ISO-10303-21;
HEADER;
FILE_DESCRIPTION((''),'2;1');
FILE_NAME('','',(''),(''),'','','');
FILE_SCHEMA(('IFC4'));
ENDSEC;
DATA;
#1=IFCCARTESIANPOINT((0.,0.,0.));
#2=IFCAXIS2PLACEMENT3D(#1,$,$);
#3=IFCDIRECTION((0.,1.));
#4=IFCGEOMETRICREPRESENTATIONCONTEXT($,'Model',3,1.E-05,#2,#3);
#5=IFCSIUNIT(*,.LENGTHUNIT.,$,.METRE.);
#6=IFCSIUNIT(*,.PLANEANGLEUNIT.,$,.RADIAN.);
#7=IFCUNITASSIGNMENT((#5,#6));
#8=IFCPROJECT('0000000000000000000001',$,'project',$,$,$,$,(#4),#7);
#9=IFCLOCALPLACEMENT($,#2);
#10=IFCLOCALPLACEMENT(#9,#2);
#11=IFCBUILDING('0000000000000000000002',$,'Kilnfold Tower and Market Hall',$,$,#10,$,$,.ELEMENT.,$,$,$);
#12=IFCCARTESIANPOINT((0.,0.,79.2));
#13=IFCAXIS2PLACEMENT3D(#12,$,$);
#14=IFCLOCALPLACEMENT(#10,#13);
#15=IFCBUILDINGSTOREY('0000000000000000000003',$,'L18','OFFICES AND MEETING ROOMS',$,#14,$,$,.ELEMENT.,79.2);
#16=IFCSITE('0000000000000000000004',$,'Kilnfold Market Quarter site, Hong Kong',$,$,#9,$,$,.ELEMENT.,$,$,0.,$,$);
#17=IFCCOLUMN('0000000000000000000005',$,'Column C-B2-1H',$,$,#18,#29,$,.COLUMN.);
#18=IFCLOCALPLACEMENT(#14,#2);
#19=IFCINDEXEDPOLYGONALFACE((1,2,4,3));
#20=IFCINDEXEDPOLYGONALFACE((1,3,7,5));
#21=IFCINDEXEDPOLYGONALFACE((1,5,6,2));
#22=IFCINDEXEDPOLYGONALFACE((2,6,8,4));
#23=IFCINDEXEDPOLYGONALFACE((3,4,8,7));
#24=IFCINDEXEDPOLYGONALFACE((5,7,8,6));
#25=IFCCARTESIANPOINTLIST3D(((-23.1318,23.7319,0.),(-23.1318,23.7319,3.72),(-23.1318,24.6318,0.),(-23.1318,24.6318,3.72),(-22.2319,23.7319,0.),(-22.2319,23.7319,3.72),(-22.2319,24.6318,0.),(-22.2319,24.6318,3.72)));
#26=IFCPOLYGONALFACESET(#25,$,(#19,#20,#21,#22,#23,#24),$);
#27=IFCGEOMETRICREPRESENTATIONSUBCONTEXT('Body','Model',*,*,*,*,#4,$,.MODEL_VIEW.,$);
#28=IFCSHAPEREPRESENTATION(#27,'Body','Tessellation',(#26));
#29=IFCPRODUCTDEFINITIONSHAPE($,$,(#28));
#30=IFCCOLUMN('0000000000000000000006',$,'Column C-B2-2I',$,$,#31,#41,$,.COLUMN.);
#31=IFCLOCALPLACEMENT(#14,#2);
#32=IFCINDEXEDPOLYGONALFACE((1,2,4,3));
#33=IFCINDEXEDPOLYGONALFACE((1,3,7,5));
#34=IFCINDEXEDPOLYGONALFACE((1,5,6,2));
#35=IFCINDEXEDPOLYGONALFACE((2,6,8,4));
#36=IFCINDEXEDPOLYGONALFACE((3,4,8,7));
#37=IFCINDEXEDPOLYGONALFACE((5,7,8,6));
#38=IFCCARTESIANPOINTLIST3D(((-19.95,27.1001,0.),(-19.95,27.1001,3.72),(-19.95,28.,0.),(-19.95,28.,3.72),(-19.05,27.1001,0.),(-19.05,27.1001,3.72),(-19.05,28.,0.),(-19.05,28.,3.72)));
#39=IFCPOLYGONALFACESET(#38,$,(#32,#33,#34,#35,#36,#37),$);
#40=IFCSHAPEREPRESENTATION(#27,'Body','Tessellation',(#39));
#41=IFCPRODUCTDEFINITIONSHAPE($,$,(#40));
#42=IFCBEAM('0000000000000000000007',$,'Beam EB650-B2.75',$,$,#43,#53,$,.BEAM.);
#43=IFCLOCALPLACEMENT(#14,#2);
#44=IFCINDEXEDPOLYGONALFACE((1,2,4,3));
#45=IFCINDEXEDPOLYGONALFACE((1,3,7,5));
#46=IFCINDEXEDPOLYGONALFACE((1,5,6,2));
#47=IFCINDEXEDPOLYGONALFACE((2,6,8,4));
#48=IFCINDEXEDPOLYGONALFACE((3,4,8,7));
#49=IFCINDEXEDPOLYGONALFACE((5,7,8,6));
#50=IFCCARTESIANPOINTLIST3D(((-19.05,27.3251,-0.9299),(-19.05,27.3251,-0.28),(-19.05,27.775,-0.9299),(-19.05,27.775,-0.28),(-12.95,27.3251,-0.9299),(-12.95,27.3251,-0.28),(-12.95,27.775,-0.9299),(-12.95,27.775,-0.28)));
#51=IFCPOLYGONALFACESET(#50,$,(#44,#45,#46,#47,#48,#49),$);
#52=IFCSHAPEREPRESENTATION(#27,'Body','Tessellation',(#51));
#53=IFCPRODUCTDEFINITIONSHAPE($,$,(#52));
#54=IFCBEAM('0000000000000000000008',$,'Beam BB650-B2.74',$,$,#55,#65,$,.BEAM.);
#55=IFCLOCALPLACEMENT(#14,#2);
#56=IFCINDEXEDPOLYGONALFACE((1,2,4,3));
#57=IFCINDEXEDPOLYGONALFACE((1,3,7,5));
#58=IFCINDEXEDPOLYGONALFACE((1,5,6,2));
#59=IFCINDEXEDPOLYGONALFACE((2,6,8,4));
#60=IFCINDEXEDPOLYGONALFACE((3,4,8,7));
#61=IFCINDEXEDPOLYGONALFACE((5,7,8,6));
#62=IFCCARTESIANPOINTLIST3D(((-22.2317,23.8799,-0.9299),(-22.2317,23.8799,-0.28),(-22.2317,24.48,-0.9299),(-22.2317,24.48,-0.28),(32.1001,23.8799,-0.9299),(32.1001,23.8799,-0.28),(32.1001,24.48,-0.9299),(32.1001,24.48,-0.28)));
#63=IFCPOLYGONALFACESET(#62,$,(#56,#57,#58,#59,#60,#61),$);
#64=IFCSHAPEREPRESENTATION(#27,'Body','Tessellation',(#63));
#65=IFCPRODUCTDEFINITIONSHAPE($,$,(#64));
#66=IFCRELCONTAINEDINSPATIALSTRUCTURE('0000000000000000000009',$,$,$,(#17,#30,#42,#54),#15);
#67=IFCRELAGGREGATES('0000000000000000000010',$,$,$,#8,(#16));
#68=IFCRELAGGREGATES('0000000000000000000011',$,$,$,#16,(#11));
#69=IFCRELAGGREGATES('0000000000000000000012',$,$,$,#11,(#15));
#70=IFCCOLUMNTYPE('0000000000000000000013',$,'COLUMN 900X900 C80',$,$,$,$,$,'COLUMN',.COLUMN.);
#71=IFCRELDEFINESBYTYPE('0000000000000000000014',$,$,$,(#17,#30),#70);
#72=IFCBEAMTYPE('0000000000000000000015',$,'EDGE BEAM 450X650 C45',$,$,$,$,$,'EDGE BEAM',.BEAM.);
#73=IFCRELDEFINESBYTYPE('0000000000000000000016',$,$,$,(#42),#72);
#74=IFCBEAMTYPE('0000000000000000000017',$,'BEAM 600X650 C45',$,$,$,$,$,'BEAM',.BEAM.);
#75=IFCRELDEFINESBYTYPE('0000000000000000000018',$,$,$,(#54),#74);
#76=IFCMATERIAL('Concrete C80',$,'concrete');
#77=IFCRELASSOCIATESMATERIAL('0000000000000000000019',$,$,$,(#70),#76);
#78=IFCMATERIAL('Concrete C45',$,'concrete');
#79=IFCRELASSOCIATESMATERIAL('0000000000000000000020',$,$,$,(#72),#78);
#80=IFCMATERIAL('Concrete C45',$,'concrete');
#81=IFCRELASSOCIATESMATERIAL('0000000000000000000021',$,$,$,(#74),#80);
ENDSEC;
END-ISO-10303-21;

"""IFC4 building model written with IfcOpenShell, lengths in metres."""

from ifc_helpers import new_model, si_unit, direction, frame, origin, origin_2d, place, context, subcontext, project, spatial, rectangle, extrude, source, transform, mapped, material, material_profile, profile_set, type_object, element, save


model = new_model("IFC4")

# Units and contexts
model_context = context("Model", 3, precision=1e-05, world=origin(), true_north=direction((0.0, 1.0)))
body_context = subcontext(model_context, "Body", "Model", "MODEL_VIEW")
ifc_project = project(units=[si_unit("LENGTHUNIT", "METRE"), si_unit("PLANEANGLEUNIT", "RADIAN")], contexts=[model_context])

# Site, building, storey
site_placement = place(None, origin())
site = spatial("IfcSite", under=ifc_project, at=site_placement, Name="Kilnfold Market Quarter site, Hong Kong", CompositionType="ELEMENT", RefElevation=0.0)
building_placement = place(site_placement, origin())
building = spatial("IfcBuilding", under=site, at=building_placement, Name="Kilnfold Tower and Market Hall", CompositionType="ELEMENT")
storey_placement = place(building_placement, frame((0.0, 0.0, 79.2)))
storey = spatial("IfcBuildingStorey", under=building, at=storey_placement, Name="L18", Description="OFFICES AND MEETING ROOMS", CompositionType="ELEMENT", Elevation=79.2)

# Columns
ifc_material_1 = material(Name="Concrete C80", Category="concrete")
ifc_material_profile_1 = material_profile(ifc_material_1, rectangle(XDim=0.8999, YDim=0.8999, at=origin_2d()), Name="RC 900x900")
ifc_profile_set_1 = profile_set([ifc_material_profile_1], Name="Concrete C80")
column_type = type_object("IfcColumnType", Name="COLUMN 900X900 C80", ElementType="COLUMN", PredefinedType="COLUMN", material=ifc_profile_set_1)
shared_shape_1 = source(origin(), body_context, "Body", "SweptSolid", [
    extrude(rectangle(XDim=0.8999, YDim=0.8999, at=origin_2d()), origin(), (0.0, 0.0, 1.0), 3.72),
])
for number, where, z_axis, x_axis, name in (
    (1, (-22.6819, 24.1819, 0.0), (0.0, 0.0, 1.0), (1.0, 0.0, 0.0), "Column C-B2-1H"),
    (2, (-19.5, 27.55, 0.0), (0.0, 0.0, 1.0), (1.0, 0.0, 0.0), "Column C-B2-2I"),
):
    element("IfcColumn", number, at=place(storey_placement, frame(where, z_axis=z_axis, x_axis=x_axis)), inside=storey, type_object=column_type, Name=name, PredefinedType="COLUMN", context=body_context, shape_type="MappedRepresentation", body=[
        mapped(shared_shape_1, transform((0.0, 0.0, 0.0))),
    ])

# Beams
ifc_material_2 = material(Name="Concrete C45", Category="concrete")
ifc_material_profile_2 = material_profile(ifc_material_2, rectangle(XDim=0.45, YDim=0.6499, at=origin_2d()), Name="RC 450x650")
ifc_profile_set_2 = profile_set([ifc_material_profile_2], Name="Concrete C45")
beam_type_1 = type_object("IfcBeamType", Name="EDGE BEAM 450X650 C45", ElementType="EDGE BEAM", PredefinedType="BEAM", material=ifc_profile_set_2)
shared_shape_2 = source(origin(), body_context, "Body", "SweptSolid", [
    extrude(rectangle(XDim=0.45, YDim=0.6499, at=origin_2d()), origin(), (0.0, 0.0, 1.0), 6.1001),
])
beam_1_placement = place(storey_placement, frame((-19.05, 27.55, -0.605), z_axis=(1.0, 0.0, 0.0), x_axis=(0.0, 1.0, 0.0)))
element("IfcBeam", 3, at=beam_1_placement, inside=storey, type_object=beam_type_1, Name="Beam EB650-B2.75", PredefinedType="BEAM", context=body_context, shape_type="MappedRepresentation", body=[
    mapped(shared_shape_2, transform((0.0, 0.0, 0.0))),
])
ifc_material_3 = material(Name="Concrete C45", Category="concrete")
ifc_material_profile_3 = material_profile(ifc_material_3, rectangle(XDim=0.6001, YDim=0.6499, at=origin_2d()), Name="RC 600x650")
ifc_profile_set_3 = profile_set([ifc_material_profile_3], Name="Concrete C45")
beam_type_2 = type_object("IfcBeamType", Name="BEAM 600X650 C45", ElementType="BEAM", PredefinedType="BEAM", material=ifc_profile_set_3)
shared_shape_3 = source(origin(), body_context, "Body", "SweptSolid", [
    extrude(rectangle(XDim=0.6001, YDim=0.6499, at=origin_2d()), origin(), (0.0, 0.0, 1.0), 54.3318),
])
beam_2_placement = place(storey_placement, frame((-22.2317, 24.1799, -0.605), z_axis=(1.0, 0.0, 0.0), x_axis=(0.0, 1.0, 0.0)))
element("IfcBeam", 4, at=beam_2_placement, inside=storey, type_object=beam_type_2, Name="Beam BB650-B2.74", PredefinedType="BEAM", context=body_context, shape_type="MappedRepresentation", body=[
    mapped(shared_shape_3, transform((0.0, 0.0, 0.0))),
])

save(model, "model.ifc")
